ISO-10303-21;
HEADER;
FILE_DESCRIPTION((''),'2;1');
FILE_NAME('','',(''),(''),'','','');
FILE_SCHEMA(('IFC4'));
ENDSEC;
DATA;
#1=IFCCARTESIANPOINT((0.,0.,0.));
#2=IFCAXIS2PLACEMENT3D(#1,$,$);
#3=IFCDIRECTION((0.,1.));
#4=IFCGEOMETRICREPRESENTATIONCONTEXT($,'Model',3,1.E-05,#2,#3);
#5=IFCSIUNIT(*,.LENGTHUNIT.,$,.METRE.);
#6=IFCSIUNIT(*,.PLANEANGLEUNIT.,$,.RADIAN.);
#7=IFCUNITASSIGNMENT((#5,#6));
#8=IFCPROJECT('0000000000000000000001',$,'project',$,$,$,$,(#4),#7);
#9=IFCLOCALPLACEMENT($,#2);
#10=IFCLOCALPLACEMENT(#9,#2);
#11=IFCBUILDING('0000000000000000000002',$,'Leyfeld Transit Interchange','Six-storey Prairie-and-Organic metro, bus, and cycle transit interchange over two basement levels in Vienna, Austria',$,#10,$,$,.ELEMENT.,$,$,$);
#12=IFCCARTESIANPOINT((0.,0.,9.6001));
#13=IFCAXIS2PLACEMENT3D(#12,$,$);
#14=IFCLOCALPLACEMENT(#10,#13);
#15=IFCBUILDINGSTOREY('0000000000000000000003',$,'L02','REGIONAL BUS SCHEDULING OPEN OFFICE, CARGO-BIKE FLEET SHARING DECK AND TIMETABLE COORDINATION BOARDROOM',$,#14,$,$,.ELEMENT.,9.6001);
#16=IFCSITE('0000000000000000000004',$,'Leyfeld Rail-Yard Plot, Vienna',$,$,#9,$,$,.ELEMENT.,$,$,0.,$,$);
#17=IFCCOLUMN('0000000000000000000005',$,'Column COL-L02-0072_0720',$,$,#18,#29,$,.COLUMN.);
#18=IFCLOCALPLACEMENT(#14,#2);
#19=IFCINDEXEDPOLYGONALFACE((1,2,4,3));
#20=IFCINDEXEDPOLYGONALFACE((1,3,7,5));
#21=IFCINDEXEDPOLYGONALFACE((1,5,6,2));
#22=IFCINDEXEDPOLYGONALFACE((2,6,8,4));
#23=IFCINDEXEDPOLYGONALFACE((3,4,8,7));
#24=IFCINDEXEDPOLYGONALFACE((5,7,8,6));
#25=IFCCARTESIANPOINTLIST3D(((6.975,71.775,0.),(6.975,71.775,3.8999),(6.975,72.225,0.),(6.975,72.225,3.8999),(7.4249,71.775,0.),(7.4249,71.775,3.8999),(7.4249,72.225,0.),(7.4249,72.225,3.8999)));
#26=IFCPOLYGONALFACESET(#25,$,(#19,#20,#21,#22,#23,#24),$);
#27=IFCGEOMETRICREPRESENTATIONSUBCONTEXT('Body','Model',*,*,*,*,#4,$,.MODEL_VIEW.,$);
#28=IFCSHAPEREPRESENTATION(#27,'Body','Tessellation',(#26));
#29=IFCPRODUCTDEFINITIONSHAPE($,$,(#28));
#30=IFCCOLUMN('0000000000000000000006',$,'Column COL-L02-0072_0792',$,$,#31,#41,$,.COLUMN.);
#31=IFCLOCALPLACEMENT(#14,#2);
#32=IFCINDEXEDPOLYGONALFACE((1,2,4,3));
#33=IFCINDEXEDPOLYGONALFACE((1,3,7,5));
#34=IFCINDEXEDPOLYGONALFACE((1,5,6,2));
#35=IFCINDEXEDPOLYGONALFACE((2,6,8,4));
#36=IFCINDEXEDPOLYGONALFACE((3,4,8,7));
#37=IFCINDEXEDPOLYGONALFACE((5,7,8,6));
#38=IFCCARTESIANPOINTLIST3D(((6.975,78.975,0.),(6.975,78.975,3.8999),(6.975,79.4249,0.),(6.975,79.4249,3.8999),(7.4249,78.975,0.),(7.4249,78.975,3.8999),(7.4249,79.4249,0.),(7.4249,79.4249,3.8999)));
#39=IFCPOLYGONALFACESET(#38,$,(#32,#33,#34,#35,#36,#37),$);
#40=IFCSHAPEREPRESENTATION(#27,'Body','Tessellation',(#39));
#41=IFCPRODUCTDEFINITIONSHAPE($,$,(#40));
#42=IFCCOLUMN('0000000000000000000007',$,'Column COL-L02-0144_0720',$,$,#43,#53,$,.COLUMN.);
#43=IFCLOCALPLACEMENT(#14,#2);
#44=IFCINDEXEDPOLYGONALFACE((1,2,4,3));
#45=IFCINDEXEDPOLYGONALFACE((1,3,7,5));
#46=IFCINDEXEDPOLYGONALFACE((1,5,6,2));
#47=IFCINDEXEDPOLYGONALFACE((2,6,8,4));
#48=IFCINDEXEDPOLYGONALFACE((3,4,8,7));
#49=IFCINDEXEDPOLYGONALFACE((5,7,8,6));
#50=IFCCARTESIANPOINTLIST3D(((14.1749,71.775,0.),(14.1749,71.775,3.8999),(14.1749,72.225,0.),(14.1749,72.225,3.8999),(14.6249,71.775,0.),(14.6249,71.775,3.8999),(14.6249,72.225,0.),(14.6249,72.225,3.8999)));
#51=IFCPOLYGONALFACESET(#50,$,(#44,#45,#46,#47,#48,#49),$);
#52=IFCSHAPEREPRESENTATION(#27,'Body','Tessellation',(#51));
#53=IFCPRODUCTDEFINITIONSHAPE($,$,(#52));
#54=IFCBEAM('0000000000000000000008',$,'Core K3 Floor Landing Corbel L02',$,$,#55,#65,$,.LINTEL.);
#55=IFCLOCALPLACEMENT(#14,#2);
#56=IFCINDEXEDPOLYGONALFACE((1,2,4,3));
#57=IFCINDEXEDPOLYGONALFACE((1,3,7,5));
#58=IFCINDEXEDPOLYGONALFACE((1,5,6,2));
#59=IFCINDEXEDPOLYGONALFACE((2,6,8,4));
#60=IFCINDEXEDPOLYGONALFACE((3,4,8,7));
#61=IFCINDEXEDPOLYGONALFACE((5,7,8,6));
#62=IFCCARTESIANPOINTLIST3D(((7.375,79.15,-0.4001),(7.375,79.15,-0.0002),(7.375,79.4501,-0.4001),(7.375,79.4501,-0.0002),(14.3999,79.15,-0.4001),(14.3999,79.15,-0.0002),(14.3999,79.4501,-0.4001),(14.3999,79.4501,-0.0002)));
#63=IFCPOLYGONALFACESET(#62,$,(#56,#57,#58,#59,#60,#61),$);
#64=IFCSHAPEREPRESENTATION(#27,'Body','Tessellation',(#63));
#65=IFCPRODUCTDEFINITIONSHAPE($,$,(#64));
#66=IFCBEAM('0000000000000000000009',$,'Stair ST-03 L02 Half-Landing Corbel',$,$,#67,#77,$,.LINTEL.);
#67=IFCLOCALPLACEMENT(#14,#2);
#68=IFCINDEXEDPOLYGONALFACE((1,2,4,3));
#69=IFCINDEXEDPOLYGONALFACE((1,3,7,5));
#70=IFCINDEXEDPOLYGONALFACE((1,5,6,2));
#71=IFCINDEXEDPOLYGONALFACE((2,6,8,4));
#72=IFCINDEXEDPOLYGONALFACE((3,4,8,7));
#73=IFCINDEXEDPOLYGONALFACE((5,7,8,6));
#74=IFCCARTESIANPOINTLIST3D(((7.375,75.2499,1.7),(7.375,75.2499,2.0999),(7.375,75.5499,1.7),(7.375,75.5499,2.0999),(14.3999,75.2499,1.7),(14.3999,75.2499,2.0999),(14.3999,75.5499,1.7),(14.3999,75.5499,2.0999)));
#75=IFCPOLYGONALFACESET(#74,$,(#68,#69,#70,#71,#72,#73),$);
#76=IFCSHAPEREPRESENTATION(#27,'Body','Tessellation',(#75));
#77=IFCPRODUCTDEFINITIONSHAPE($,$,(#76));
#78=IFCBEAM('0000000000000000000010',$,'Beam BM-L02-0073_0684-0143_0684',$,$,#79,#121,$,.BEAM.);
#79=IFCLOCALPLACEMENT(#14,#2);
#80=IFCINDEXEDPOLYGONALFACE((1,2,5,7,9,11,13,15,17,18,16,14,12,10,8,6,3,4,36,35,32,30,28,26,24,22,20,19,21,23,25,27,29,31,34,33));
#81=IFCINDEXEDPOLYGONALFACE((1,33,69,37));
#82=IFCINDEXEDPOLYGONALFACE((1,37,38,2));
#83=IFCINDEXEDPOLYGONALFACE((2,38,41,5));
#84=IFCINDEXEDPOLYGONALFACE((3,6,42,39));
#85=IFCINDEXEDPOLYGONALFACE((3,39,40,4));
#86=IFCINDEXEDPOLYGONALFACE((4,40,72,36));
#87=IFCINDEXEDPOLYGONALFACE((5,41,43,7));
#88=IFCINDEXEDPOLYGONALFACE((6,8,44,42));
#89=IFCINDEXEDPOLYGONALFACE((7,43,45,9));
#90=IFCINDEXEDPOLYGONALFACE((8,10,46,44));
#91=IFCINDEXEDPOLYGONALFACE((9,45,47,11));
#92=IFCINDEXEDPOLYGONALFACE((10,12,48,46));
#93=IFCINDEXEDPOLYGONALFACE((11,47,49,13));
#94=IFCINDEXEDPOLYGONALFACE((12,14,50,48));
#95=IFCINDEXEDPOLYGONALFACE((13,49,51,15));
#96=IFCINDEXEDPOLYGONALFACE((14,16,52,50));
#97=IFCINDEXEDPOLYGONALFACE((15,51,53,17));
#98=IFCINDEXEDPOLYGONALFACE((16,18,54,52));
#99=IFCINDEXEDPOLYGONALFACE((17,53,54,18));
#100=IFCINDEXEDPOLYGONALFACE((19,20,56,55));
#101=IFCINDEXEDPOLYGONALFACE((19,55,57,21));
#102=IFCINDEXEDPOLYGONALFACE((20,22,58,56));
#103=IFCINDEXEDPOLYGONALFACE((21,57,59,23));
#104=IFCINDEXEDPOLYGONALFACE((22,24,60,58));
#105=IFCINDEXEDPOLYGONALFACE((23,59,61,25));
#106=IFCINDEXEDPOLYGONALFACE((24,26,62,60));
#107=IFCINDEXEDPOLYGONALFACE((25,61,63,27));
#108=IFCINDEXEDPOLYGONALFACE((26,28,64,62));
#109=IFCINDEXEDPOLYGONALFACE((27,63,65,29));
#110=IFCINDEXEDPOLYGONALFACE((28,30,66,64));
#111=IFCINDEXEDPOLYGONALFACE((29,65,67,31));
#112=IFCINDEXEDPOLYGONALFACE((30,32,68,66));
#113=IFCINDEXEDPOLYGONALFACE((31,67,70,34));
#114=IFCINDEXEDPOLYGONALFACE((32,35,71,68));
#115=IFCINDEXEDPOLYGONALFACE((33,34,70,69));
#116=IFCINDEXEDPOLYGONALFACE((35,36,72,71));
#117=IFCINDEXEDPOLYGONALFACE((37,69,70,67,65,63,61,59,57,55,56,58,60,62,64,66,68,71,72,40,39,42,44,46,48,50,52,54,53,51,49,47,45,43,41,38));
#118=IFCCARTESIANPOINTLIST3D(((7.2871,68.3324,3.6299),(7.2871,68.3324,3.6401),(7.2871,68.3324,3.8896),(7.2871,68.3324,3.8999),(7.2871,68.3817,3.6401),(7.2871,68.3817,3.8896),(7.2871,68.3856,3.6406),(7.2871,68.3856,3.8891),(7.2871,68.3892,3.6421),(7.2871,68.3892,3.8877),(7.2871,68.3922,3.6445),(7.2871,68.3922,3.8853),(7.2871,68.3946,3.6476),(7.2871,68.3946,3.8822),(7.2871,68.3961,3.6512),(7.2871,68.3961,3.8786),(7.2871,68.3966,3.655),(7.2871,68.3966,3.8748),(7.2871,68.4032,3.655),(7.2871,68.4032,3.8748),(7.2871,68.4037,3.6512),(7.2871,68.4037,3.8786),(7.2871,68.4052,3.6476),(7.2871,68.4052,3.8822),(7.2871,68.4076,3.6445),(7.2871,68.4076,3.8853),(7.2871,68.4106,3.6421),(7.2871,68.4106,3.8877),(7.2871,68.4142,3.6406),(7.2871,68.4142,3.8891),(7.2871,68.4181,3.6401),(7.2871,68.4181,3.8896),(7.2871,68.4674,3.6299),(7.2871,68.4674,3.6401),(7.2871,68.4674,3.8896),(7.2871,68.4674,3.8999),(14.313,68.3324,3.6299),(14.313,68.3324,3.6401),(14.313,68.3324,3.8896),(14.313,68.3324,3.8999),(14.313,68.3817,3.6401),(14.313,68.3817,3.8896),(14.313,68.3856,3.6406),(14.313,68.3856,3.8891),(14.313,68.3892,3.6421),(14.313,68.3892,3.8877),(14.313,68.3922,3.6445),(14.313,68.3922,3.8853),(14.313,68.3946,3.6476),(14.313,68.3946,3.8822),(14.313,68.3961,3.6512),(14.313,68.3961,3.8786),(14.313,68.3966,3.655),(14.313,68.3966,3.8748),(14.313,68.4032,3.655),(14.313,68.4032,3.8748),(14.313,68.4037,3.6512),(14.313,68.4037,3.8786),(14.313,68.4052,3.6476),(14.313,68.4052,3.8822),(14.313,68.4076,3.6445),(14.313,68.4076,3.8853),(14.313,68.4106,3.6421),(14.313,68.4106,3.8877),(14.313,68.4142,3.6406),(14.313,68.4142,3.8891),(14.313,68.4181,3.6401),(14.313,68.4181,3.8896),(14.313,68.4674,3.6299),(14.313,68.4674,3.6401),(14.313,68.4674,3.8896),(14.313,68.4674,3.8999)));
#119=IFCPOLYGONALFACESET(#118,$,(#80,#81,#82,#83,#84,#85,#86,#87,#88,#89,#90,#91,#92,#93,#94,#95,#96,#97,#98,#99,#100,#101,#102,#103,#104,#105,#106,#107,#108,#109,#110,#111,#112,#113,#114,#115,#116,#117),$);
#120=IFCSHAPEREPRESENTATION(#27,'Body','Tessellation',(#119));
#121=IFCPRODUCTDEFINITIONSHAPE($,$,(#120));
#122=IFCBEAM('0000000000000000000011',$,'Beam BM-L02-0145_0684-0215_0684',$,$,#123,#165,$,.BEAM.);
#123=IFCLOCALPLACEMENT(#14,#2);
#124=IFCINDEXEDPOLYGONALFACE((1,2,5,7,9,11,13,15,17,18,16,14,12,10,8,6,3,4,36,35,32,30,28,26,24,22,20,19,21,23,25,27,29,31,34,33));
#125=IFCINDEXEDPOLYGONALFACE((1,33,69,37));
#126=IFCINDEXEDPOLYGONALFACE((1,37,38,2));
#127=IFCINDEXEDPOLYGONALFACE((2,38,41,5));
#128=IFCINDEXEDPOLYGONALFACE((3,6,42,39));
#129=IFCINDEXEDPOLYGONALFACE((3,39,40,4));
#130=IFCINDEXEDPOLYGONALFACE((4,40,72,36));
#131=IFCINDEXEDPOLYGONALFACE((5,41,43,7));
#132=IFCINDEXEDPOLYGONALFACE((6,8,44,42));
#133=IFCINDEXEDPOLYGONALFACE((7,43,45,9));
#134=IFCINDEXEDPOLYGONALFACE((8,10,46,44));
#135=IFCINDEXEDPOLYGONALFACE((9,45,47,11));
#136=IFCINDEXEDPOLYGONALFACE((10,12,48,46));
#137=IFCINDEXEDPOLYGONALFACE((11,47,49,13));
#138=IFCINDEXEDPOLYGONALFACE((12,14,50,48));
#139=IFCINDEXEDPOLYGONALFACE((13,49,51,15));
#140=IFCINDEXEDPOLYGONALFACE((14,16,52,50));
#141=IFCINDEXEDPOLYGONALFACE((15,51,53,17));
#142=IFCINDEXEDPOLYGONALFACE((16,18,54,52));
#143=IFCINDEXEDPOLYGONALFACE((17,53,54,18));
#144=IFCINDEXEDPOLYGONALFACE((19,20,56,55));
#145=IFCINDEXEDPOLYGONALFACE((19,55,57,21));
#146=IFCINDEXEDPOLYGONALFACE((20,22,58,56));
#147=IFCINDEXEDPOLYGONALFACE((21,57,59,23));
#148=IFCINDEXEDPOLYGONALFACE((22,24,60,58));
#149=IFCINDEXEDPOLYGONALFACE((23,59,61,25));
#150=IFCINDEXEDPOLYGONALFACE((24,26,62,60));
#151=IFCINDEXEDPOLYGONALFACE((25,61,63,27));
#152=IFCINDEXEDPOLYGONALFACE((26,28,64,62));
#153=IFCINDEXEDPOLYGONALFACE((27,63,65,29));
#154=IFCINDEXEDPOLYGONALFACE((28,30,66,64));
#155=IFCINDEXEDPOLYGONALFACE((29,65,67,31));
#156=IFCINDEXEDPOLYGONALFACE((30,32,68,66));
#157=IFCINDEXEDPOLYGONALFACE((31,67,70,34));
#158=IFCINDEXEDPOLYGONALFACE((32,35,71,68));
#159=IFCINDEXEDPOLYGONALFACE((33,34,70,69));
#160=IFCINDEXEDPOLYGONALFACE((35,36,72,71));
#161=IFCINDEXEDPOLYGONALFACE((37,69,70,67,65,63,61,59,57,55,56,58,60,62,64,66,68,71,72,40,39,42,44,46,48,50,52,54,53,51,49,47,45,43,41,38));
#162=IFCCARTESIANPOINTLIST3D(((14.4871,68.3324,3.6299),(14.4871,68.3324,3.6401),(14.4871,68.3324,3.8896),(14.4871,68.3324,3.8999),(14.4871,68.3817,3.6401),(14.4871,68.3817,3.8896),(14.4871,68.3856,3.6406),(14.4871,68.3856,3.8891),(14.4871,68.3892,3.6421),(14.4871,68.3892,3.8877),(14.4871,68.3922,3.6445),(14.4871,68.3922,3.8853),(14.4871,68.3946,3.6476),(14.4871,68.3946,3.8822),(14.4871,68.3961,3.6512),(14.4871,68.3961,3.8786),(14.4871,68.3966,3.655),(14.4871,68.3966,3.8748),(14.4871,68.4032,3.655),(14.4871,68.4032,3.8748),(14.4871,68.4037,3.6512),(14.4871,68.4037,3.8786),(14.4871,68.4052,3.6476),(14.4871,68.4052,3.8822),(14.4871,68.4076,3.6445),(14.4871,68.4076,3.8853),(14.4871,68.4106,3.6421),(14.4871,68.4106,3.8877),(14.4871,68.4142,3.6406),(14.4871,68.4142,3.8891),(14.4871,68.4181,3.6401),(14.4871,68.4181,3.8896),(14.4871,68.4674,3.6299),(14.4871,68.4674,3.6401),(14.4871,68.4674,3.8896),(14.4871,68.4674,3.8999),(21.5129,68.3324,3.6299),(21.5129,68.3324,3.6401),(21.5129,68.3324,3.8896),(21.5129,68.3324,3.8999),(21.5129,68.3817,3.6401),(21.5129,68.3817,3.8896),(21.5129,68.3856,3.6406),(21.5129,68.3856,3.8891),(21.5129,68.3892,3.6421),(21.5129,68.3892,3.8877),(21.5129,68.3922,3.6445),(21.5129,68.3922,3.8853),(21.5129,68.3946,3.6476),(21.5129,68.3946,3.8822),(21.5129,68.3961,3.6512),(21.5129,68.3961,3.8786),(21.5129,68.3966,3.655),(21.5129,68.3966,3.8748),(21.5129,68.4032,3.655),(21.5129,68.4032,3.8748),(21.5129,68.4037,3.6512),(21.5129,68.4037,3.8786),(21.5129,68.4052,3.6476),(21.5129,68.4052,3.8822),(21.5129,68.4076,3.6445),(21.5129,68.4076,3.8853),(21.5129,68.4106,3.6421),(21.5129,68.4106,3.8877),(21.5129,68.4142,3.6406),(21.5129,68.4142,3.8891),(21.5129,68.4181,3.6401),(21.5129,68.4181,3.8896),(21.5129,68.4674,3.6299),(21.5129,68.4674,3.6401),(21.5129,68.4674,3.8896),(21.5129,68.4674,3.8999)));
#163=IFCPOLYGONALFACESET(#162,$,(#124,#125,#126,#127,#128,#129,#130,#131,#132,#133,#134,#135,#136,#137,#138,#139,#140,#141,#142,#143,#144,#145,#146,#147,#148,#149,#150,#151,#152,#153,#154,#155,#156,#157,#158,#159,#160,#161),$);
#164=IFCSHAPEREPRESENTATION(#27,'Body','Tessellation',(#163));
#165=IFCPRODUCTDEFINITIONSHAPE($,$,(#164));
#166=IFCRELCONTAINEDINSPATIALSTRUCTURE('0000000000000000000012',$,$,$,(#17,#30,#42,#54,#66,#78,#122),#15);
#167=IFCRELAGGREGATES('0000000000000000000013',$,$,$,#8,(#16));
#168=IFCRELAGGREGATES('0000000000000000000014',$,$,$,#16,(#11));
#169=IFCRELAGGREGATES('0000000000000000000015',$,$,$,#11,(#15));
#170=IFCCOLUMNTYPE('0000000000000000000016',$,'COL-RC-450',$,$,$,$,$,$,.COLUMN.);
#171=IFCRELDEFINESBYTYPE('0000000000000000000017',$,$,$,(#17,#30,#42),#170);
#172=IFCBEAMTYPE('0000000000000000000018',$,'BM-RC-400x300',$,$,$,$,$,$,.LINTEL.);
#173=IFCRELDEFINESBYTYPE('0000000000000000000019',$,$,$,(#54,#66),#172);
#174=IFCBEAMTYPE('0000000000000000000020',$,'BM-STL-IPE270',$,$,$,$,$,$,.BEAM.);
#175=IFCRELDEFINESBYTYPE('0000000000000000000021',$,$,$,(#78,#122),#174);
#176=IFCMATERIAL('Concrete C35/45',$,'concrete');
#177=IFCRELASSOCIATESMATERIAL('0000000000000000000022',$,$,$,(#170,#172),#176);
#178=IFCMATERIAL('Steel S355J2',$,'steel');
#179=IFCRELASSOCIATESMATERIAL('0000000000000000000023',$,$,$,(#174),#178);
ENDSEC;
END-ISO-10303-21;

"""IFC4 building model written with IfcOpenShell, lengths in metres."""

from ifc_helpers import new_model, si_unit, direction, frame, origin, origin_2d, place, context, subcontext, project, spatial, rectangle, i_section, extrude, material, material_profile, profile_set, type_object, element, save


model = new_model("IFC4")

# Units and contexts
model_context = context("Model", 3, precision=1e-05, world=origin(), true_north=direction((0.0, 1.0)))
body_context = subcontext(model_context, "Body", "Model", "MODEL_VIEW")
ifc_project = project(units=[si_unit("LENGTHUNIT", "METRE"), si_unit("PLANEANGLEUNIT", "RADIAN")], contexts=[model_context])

# Site, building, storey
site_placement = place(None, origin())
site = spatial("IfcSite", under=ifc_project, at=site_placement, Name="Leyfeld Rail-Yard Plot, Vienna", CompositionType="ELEMENT", RefElevation=0.0)
building_placement = place(site_placement, origin())
building = spatial("IfcBuilding", under=site, at=building_placement, Name="Leyfeld Transit Interchange", Description="Six-storey Prairie-and-Organic metro, bus, and cycle transit interchange over two basement levels in Vienna, Austria", CompositionType="ELEMENT")
storey_placement = place(building_placement, frame((0.0, 0.0, 9.6001)))
storey = spatial("IfcBuildingStorey", under=building, at=storey_placement, Name="L02", Description="REGIONAL BUS SCHEDULING OPEN OFFICE, CARGO-BIKE FLEET SHARING DECK AND TIMETABLE COORDINATION BOARDROOM", CompositionType="ELEMENT", Elevation=9.6001)

# Columns
ifc_material_1 = material(Name="Concrete C35/45", Category="concrete")
ifc_material_profile_1 = material_profile(ifc_material_1, rectangle(XDim=0.45, YDim=0.45, at=origin_2d()), Name="RC 450x450")
ifc_profile_set_1 = profile_set([ifc_material_profile_1], Name="Concrete C35/45")
column_type = type_object("IfcColumnType", Name="COL-RC-450", PredefinedType="COLUMN", material=ifc_profile_set_1)
for number, where, z_axis, x_axis, name in (
    (1, (7.2, 72.0, 0.0), (0.0, 0.0, 1.0), (1.0, 0.0, 0.0), "Column COL-L02-0072_0720"),
    (2, (7.2, 79.2, 0.0), (0.0, 0.0, 1.0), (1.0, 0.0, 0.0), "Column COL-L02-0072_0792"),
    (3, (14.3999, 72.0, 0.0), (0.0, 0.0, 1.0), (1.0, 0.0, 0.0), "Column COL-L02-0144_0720"),
):
    element("IfcColumn", number, at=place(storey_placement, frame(where, z_axis=z_axis, x_axis=x_axis)), inside=storey, type_object=column_type, Name=name, PredefinedType="COLUMN", context=body_context, shape_type="SweptSolid", body=[
        extrude(rectangle(XDim=0.45, YDim=0.45, at=origin_2d()), origin(), (0.0, 0.0, 1.0), 3.8999),
    ])

# Beams
ifc_material_profile_2 = material_profile(ifc_material_1, rectangle(XDim=0.3, YDim=0.3999, at=origin_2d()), Name="RC 400x300")
ifc_profile_set_2 = profile_set([ifc_material_profile_2], Name="Concrete C35/45")
beam_type_1 = type_object("IfcBeamType", Name="BM-RC-400x300", PredefinedType="LINTEL", material=ifc_profile_set_2)
for number, where, z_axis, x_axis, name in (
    (4, (7.375, 79.3, -0.2002), (1.0, 0.0, 0.0), (0.0, 1.0, 0.0), "Core K3 Floor Landing Corbel L02"),
    (5, (7.375, 75.3999, 1.8999), (1.0, 0.0, 0.0), (0.0, 1.0, 0.0), "Stair ST-03 L02 Half-Landing Corbel"),
):
    element("IfcBeam", number, at=place(storey_placement, frame(where, z_axis=z_axis, x_axis=x_axis)), inside=storey, type_object=beam_type_1, Name=name, PredefinedType="LINTEL", context=body_context, shape_type="SweptSolid", body=[
        extrude(rectangle(XDim=0.3, YDim=0.3999, at=origin_2d()), origin(), (0.0, 0.0, 1.0), 7.0249),
    ])
ifc_material_2 = material(Name="Steel S355J2", Category="steel")
ifc_material_profile_3 = material_profile(ifc_material_2, i_section(OverallWidth=0.135, OverallDepth=0.27, WebThickness=0.0066, FlangeThickness=0.0103, FilletRadius=0.0149, at=origin_2d()), Name="IPE 270")
ifc_profile_set_3 = profile_set([ifc_material_profile_3], Name="Steel S355J2")
beam_type_2 = type_object("IfcBeamType", Name="BM-STL-IPE270", PredefinedType="BEAM", material=ifc_profile_set_3)
for number, where, z_axis, x_axis, name in (
    (6, (7.2871, 68.3999, 3.7649), (1.0, 0.0, 0.0), (0.0, 1.0, 0.0), "Beam BM-L02-0073_0684-0143_0684"),
    (7, (14.4871, 68.3999, 3.7649), (1.0, 0.0, 0.0), (0.0, 1.0, 0.0), "Beam BM-L02-0145_0684-0215_0684"),
):
    element("IfcBeam", number, at=place(storey_placement, frame(where, z_axis=z_axis, x_axis=x_axis)), inside=storey, type_object=beam_type_2, Name=name, PredefinedType="BEAM", context=body_context, shape_type="SweptSolid", body=[
        extrude(i_section(OverallWidth=0.135, OverallDepth=0.27, WebThickness=0.0066, FlangeThickness=0.0103, FilletRadius=0.0149, at=origin_2d()), origin(), (0.0, 0.0, 1.0), 7.0259),
    ])

save(model, "model.ifc")
